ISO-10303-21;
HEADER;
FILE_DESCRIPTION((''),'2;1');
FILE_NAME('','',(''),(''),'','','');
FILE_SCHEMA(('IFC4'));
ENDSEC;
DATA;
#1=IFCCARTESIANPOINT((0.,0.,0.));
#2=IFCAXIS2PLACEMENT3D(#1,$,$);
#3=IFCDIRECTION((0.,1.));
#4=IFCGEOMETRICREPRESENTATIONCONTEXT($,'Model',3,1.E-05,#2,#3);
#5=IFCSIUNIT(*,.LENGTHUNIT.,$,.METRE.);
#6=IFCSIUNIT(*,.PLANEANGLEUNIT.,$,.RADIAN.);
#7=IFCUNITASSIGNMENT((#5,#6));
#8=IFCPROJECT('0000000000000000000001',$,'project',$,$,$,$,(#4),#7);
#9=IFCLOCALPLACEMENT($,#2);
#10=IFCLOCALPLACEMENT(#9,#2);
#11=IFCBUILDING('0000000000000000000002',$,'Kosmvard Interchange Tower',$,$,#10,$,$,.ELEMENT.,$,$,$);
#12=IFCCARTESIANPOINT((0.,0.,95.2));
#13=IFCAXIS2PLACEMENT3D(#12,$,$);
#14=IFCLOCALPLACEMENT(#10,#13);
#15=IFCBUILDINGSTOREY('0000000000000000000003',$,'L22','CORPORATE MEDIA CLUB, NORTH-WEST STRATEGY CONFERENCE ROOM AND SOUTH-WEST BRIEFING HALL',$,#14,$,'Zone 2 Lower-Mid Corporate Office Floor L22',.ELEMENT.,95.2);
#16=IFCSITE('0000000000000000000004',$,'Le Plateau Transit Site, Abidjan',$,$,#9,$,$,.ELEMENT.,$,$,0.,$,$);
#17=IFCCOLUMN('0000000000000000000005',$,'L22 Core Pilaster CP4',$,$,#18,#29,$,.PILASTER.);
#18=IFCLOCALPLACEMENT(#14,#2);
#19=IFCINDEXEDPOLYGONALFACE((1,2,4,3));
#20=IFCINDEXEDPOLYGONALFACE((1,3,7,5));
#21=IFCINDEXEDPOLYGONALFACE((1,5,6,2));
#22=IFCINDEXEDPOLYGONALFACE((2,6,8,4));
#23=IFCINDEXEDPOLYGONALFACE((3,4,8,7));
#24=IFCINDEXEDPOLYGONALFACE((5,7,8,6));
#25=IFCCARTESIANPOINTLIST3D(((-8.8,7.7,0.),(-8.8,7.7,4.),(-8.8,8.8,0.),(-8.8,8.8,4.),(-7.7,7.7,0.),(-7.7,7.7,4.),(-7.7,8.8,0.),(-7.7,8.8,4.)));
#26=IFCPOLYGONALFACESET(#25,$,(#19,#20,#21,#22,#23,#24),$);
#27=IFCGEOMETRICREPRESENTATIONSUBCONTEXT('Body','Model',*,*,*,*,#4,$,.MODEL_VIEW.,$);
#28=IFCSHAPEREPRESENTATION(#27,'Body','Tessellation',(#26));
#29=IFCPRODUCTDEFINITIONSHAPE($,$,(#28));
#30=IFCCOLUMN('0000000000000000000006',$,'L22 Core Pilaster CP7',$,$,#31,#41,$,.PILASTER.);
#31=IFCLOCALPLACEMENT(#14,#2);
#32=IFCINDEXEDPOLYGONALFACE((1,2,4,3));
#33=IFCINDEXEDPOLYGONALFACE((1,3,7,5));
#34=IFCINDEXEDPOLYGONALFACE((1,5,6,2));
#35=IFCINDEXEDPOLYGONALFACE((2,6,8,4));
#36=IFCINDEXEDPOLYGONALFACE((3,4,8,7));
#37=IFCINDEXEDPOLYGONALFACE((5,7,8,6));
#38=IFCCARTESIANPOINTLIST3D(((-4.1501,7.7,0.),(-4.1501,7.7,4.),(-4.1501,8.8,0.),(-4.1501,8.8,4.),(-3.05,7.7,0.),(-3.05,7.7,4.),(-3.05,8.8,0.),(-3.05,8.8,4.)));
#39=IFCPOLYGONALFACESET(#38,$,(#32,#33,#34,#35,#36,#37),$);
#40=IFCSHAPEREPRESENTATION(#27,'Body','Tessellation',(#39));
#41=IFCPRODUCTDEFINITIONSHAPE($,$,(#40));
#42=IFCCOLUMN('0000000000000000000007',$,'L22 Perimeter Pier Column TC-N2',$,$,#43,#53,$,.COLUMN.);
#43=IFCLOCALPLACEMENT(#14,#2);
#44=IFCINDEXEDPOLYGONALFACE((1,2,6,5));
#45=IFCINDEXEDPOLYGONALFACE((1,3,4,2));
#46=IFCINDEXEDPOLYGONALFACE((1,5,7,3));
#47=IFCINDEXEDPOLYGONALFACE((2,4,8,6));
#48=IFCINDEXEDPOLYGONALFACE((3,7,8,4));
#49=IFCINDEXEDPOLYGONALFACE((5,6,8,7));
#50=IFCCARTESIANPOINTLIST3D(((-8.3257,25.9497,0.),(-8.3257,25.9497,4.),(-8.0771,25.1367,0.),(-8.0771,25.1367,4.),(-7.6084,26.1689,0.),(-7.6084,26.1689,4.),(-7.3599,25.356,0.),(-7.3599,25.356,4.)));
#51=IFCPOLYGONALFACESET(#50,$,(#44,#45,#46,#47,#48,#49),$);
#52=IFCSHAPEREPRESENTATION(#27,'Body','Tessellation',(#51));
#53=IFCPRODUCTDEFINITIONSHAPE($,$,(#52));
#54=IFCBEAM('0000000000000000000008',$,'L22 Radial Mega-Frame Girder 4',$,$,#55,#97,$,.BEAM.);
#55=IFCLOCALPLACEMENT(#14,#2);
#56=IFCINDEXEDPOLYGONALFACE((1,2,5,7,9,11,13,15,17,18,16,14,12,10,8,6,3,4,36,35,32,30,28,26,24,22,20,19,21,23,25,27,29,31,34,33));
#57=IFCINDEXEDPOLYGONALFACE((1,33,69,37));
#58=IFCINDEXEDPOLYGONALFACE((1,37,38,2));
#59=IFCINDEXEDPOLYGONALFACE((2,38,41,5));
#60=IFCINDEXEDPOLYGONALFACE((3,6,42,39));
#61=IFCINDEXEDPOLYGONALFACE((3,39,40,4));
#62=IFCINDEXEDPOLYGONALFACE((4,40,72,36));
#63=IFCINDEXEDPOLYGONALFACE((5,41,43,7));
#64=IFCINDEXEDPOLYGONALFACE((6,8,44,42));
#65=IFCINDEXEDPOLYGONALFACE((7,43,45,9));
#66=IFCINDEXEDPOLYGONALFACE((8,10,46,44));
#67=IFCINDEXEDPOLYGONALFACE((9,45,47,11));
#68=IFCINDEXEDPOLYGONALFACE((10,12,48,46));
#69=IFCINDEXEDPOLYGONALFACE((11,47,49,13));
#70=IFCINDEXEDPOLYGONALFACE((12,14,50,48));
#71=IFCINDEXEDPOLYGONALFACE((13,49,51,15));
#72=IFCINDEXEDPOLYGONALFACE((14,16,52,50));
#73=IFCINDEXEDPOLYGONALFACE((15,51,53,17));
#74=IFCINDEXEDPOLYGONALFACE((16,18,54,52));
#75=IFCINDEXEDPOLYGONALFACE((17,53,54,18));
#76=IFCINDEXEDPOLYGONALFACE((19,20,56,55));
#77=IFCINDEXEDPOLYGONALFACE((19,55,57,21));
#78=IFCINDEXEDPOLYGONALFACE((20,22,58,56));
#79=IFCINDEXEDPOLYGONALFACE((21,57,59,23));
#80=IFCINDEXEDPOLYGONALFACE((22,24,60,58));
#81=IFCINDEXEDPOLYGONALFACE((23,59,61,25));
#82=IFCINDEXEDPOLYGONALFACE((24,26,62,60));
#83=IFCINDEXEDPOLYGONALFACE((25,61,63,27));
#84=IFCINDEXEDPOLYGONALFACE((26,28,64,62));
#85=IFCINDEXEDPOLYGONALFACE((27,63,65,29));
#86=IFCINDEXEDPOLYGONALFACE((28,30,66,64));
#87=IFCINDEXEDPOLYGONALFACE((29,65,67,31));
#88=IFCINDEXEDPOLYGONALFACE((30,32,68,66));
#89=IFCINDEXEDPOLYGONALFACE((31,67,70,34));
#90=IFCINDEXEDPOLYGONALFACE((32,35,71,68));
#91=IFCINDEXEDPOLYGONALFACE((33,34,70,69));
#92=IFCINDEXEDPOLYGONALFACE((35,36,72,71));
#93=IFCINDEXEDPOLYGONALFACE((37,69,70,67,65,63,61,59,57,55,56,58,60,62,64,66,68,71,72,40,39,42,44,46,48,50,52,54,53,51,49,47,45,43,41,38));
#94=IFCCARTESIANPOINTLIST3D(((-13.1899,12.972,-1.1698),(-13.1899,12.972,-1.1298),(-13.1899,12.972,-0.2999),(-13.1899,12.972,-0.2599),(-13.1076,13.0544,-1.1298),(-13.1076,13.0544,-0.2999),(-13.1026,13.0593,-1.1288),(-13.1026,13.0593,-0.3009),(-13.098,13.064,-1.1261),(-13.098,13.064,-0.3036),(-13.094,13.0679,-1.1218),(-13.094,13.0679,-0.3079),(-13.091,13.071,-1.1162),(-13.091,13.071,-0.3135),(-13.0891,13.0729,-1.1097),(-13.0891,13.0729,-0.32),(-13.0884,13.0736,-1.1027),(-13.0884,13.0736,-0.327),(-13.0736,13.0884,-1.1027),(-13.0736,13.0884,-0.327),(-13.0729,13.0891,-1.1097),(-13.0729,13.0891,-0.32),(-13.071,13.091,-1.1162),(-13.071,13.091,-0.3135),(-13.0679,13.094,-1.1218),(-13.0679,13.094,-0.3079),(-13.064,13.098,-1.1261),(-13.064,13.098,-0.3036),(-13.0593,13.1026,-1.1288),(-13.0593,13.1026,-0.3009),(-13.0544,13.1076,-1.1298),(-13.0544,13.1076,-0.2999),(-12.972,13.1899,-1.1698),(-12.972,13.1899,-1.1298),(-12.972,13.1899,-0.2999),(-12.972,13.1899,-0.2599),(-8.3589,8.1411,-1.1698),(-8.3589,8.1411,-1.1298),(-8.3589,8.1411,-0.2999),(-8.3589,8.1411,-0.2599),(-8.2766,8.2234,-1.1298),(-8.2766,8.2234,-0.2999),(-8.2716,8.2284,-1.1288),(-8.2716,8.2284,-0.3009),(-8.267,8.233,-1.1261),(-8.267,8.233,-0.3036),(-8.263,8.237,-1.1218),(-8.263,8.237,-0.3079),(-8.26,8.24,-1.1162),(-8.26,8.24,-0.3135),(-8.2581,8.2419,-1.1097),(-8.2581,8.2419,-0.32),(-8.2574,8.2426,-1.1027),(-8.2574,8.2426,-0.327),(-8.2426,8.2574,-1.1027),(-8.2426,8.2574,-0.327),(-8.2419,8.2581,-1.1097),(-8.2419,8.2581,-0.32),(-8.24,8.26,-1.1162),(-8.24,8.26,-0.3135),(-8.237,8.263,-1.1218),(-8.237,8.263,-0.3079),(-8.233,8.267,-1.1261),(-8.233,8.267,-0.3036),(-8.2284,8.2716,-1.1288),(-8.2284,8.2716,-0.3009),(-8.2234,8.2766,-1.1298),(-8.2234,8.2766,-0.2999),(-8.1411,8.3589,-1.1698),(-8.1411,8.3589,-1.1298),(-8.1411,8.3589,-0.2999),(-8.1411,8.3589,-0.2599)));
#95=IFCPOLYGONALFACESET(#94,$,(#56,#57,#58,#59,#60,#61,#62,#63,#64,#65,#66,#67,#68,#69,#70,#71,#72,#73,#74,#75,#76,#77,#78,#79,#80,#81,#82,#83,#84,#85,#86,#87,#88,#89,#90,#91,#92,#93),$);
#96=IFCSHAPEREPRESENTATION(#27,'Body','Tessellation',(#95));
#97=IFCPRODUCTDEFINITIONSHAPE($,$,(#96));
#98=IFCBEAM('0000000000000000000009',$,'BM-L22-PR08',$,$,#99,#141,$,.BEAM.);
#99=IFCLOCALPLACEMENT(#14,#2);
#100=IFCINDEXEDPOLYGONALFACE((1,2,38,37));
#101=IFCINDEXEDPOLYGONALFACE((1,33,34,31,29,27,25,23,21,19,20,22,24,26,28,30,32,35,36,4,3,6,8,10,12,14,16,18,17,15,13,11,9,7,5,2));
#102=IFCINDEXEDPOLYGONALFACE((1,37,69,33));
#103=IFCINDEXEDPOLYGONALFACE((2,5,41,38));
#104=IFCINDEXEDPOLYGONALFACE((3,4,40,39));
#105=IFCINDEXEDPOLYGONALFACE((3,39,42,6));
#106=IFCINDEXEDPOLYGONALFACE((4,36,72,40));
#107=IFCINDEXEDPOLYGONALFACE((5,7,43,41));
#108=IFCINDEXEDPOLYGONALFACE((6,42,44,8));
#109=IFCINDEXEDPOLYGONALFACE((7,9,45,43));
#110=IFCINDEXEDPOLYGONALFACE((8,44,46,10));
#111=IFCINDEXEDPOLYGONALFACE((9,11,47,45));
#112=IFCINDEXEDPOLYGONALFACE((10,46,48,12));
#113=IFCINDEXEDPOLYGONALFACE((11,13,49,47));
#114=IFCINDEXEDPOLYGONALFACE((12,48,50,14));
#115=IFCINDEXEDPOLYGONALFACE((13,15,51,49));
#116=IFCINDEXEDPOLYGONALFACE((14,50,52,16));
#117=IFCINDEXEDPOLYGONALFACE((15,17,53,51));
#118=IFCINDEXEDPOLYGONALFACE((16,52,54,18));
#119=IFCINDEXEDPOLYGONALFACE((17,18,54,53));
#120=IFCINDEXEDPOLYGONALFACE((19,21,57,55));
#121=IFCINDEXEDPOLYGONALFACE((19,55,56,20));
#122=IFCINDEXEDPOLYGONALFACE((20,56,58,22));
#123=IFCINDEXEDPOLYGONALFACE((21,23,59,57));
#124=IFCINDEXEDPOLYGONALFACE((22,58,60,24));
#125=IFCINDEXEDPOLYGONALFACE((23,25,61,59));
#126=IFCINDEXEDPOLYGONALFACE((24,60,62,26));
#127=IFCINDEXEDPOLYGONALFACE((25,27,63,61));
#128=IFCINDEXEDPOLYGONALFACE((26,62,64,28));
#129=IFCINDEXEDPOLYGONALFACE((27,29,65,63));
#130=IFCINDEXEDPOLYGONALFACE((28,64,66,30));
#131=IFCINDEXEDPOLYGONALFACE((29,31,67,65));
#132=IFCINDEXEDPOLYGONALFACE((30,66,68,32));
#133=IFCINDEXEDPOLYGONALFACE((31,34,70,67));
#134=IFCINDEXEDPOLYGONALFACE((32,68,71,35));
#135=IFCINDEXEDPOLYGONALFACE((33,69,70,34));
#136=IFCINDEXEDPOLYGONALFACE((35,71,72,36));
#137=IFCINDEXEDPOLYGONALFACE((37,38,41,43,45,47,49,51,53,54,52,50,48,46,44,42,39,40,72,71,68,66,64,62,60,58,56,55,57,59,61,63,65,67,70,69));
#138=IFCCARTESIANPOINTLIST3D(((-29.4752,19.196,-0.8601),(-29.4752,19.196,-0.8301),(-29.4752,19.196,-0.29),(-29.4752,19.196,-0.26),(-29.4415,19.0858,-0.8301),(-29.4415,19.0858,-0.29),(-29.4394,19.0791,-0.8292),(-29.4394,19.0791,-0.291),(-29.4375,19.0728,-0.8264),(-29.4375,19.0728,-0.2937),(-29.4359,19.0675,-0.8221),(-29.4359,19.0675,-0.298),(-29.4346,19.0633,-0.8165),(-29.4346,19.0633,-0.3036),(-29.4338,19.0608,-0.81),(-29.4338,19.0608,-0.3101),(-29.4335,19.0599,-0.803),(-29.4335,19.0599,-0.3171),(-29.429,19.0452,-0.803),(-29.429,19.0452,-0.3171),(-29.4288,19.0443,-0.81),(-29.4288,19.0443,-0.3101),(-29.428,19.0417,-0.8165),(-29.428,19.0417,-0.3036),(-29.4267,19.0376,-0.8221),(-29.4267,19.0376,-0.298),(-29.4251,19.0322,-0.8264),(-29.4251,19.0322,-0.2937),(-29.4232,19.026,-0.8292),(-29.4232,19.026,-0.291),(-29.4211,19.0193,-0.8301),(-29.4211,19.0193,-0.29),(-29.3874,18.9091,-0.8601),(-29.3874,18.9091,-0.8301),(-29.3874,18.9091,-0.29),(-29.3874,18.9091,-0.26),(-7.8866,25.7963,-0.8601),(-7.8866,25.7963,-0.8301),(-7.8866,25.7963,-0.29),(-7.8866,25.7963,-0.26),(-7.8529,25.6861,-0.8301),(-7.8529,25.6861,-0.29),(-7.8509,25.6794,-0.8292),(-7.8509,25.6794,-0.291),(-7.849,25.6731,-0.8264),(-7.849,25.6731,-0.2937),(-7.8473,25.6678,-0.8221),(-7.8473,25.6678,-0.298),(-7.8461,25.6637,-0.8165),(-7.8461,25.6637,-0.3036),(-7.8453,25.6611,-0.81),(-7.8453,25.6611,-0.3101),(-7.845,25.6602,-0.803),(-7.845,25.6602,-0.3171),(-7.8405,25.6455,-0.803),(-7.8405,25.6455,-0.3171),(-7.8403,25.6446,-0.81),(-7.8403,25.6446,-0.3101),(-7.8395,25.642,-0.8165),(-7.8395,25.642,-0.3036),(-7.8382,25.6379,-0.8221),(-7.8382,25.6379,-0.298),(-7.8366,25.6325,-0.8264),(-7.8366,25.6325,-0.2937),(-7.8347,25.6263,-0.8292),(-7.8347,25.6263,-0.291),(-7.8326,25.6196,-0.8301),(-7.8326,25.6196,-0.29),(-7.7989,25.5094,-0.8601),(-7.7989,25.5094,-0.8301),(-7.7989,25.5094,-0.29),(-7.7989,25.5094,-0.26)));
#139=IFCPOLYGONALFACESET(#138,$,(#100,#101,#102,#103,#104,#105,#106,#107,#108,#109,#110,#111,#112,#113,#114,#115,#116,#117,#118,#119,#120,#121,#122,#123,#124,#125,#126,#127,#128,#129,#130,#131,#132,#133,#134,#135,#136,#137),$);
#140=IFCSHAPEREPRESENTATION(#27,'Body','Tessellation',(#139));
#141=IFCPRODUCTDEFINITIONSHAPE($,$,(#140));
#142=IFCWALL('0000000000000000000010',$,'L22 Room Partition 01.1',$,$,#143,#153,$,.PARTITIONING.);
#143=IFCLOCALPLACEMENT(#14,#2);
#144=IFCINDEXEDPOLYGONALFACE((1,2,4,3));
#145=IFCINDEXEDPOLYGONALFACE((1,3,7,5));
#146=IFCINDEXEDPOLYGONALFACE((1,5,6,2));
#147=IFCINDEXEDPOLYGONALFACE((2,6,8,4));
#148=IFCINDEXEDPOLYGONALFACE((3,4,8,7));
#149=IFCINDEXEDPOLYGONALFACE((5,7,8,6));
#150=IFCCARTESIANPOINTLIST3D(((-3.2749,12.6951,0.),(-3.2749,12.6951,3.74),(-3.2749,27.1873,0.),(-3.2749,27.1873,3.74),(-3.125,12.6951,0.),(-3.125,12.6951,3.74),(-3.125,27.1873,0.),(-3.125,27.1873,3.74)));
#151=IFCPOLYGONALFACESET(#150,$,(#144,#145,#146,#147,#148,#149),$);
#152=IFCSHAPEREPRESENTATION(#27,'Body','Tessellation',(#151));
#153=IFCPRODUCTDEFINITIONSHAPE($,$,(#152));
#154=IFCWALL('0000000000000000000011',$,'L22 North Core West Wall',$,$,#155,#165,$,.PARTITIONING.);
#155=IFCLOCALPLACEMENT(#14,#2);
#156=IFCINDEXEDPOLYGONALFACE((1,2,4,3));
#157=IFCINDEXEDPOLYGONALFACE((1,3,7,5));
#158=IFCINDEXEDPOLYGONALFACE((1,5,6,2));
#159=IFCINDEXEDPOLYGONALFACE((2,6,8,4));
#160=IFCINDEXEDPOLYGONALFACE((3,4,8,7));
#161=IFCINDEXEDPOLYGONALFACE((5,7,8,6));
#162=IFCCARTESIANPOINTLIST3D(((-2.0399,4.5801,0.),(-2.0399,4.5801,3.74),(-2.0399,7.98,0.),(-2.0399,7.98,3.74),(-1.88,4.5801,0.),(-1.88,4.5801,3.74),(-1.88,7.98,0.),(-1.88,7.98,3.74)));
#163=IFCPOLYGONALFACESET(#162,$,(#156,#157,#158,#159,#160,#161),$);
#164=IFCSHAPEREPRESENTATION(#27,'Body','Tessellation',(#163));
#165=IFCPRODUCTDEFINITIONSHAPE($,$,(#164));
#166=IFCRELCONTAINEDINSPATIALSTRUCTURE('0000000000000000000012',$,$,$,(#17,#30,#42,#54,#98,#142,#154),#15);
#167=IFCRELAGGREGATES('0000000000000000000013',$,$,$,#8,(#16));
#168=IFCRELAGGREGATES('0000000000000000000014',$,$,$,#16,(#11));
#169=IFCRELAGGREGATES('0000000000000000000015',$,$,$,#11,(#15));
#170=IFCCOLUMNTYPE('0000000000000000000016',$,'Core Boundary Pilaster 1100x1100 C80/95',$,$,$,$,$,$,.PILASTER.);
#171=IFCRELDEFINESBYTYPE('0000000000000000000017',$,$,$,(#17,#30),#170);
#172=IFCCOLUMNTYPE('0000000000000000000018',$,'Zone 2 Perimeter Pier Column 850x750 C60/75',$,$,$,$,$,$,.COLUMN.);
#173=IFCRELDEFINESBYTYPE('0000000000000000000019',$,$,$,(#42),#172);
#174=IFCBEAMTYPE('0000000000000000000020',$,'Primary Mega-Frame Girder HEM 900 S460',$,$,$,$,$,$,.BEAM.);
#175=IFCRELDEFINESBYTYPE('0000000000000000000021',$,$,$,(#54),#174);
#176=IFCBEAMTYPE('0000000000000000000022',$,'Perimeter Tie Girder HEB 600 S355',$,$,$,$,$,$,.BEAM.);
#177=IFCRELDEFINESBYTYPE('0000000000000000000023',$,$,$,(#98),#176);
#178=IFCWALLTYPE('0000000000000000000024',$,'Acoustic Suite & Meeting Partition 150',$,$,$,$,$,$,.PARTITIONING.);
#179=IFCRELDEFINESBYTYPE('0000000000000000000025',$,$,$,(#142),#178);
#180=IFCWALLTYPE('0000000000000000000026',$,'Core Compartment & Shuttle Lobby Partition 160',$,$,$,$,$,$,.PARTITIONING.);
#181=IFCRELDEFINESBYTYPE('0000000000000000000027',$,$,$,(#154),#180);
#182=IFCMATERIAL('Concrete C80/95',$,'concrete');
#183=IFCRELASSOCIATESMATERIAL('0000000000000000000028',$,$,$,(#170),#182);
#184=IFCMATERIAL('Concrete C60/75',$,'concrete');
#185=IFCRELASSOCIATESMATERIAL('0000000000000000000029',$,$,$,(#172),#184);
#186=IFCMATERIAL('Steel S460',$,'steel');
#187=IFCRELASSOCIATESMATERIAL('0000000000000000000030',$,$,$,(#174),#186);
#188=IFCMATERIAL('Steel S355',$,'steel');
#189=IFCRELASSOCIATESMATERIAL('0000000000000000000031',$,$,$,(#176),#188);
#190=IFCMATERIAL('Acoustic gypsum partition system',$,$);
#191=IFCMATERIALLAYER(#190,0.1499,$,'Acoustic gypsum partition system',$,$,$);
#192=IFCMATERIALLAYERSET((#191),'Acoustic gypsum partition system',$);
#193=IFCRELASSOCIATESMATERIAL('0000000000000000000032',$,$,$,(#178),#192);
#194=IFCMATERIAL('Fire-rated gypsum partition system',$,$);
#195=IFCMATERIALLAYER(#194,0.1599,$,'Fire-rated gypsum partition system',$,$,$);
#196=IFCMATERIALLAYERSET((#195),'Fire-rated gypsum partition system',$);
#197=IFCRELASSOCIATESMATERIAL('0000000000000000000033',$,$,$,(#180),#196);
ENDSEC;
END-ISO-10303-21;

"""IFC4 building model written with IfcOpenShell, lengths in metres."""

from ifc_helpers import new_model, si_unit, direction, frame, frame_2d, origin, origin_2d, place, context, subcontext, project, spatial, rectangle, i_section, extrude, source, transform, mapped, material, layer, layer_set, material_profile, profile_set, type_object, element, save


model = new_model("IFC4")

# Units and contexts
model_context = context("Model", 3, precision=1e-05, world=origin(), true_north=direction((0.0, 1.0)))
body_context = subcontext(model_context, "Body", "Model", "MODEL_VIEW")
ifc_project = project(units=[si_unit("LENGTHUNIT", "METRE"), si_unit("PLANEANGLEUNIT", "RADIAN")], contexts=[model_context])

# Site, building, storey
site_placement = place(None, origin())
site = spatial("IfcSite", under=ifc_project, at=site_placement, Name="Le Plateau Transit Site, Abidjan", CompositionType="ELEMENT", RefElevation=0.0)
building_placement = place(site_placement, origin())
building = spatial("IfcBuilding", under=site, at=building_placement, Name="Kosmvard Interchange Tower", CompositionType="ELEMENT")
storey_placement = place(building_placement, frame((0.0, 0.0, 95.2)))
storey = spatial("IfcBuildingStorey", under=building, at=storey_placement, Name="L22", Description="CORPORATE MEDIA CLUB, NORTH-WEST STRATEGY CONFERENCE ROOM AND SOUTH-WEST BRIEFING HALL", LongName="Zone 2 Lower-Mid Corporate Office Floor L22", CompositionType="ELEMENT", Elevation=95.2)

# Columns
ifc_material_1 = material(Name="Concrete C80/95", Category="concrete")
ifc_material_profile_1 = material_profile(ifc_material_1, rectangle(XDim=1.1001, YDim=1.1001, at=origin_2d()), Name="CP 1100x1100")
ifc_profile_set_1 = profile_set([ifc_material_profile_1], Name="Concrete C80/95")
column_type_1 = type_object("IfcColumnType", Name="Core Boundary Pilaster 1100x1100 C80/95", PredefinedType="PILASTER", material=ifc_profile_set_1)
shared_shape_1 = source(origin(), body_context, "Body", "SweptSolid", [
    extrude(rectangle(XDim=1.1001, YDim=1.1001, at=origin_2d()), origin(), (0.0, 0.0, 1.0), 4.0),
])
for number, where, z_axis, x_axis, name in (
    (1, (-8.25, 8.25, 0.0), (0.0, 0.0, 1.0), (1.0, 0.0, 0.0), "L22 Core Pilaster CP4"),
    (2, (-3.6001, 8.25, 0.0), (0.0, 0.0, 1.0), (1.0, 0.0, 0.0), "L22 Core Pilaster CP7"),
):
    element("IfcColumn", number, at=place(storey_placement, frame(where, z_axis=z_axis, x_axis=x_axis)), inside=storey, type_object=column_type_1, Name=name, PredefinedType="PILASTER", context=body_context, shape_type="MappedRepresentation", body=[
        mapped(shared_shape_1, transform((0.0, 0.0, 0.0), scale=1.0)),
    ])
ifc_material_2 = material(Name="Concrete C60/75", Category="concrete")
ifc_material_profile_2 = material_profile(ifc_material_2, rectangle(XDim=0.75, YDim=0.8501, at=origin_2d()), Name="TC 850x750")
ifc_profile_set_2 = profile_set([ifc_material_profile_2], Name="Concrete C60/75")
column_type_2 = type_object("IfcColumnType", Name="Zone 2 Perimeter Pier Column 850x750 C60/75", PredefinedType="COLUMN", material=ifc_profile_set_2)
shared_shape_2 = source(origin(), body_context, "Body", "SweptSolid", [
    extrude(rectangle(XDim=0.75, YDim=0.8501, at=origin_2d()), origin(), (0.0, 0.0, 1.0), 4.0),
])
column_placement = place(storey_placement, frame((-7.8428, 25.6528, 0.0), z_axis=(0.0, 0.0, 1.0), x_axis=(0.956305, 0.292372, 0.0)))
element("IfcColumn", 3, at=column_placement, inside=storey, type_object=column_type_2, Name="L22 Perimeter Pier Column TC-N2", PredefinedType="COLUMN", context=body_context, shape_type="MappedRepresentation", body=[
    mapped(shared_shape_2, transform((0.0, 0.0, 0.0), scale=1.0)),
])

# Beams
ifc_material_3 = material(Name="Steel S460", Category="steel")
ifc_material_profile_3 = material_profile(ifc_material_3, i_section(OverallWidth=0.3081, OverallDepth=0.9099, WebThickness=0.021, FlangeThickness=0.04, FilletRadius=0.0271, at=origin_2d()), Name="HEM 900")
ifc_profile_set_3 = profile_set([ifc_material_profile_3], Name="Steel S460")
beam_type_1 = type_object("IfcBeamType", Name="Primary Mega-Frame Girder HEM 900 S460", PredefinedType="BEAM", material=ifc_profile_set_3)
shared_shape_3 = source(origin(), body_context, "Body", "SweptSolid", [
    extrude(i_section(OverallWidth=0.3081, OverallDepth=0.9099, WebThickness=0.021, FlangeThickness=0.04, FilletRadius=0.0271, at=origin_2d()), origin(), (0.0, 0.0, 1.0), 6.832),
])
beam_1_placement = place(storey_placement, frame((-8.25, 8.25, -0.7148), z_axis=(-0.707107, 0.707107, 0.0), x_axis=(-0.707107, -0.707107, 0.0)))
element("IfcBeam", 4, at=beam_1_placement, inside=storey, type_object=beam_type_1, Name="L22 Radial Mega-Frame Girder 4", PredefinedType="BEAM", context=body_context, shape_type="MappedRepresentation", body=[
    mapped(shared_shape_3, transform((0.0, 0.0, 0.0), scale=1.0)),
])
ifc_material_4 = material(Name="Steel S355", Category="steel")
ifc_material_profile_4 = material_profile(ifc_material_4, i_section(OverallWidth=0.3, OverallDepth=0.6001, WebThickness=0.0154, FlangeThickness=0.03, FilletRadius=0.0271, at=origin_2d()), Name="HEB 600")
ifc_profile_set_4 = profile_set([ifc_material_profile_4], Name="Steel S355")
beam_type_2 = type_object("IfcBeamType", Name="Perimeter Tie Girder HEB 600 S355", PredefinedType="BEAM", material=ifc_profile_set_4)
shared_shape_4 = source(origin(), body_context, "Body", "SweptSolid", [
    extrude(i_section(OverallWidth=0.3, OverallDepth=0.6001, WebThickness=0.0154, FlangeThickness=0.03, FilletRadius=0.0271, at=origin_2d()), origin(), (0.0, 0.0, 1.0), 22.575),
])
beam_2_placement = place(storey_placement, frame((-7.8428, 25.6528, -0.5601), z_axis=(-0.956304, -0.292373, 0.0), x_axis=(0.292373, -0.956304, 0.0)))
element("IfcBeam", 5, at=beam_2_placement, inside=storey, type_object=beam_type_2, Name="BM-L22-PR08", PredefinedType="BEAM", context=body_context, shape_type="MappedRepresentation", body=[
    mapped(shared_shape_4, transform((0.0, 0.0, 0.0), scale=1.0)),
])

# Walls
ifc_material_5 = material(Name="Acoustic gypsum partition system")
ifc_layer_1 = layer(ifc_material_5, 0.1499, Name="Acoustic gypsum partition system")
ifc_layer_set_1 = layer_set([ifc_layer_1], Name="Acoustic gypsum partition system")
wall_type_1 = type_object("IfcWallType", Name="Acoustic Suite & Meeting Partition 150", PredefinedType="PARTITIONING", material=ifc_layer_set_1)
wall_1_placement = place(storey_placement, frame((-3.2, 12.6951, 0.0), z_axis=(0.0, 0.0, 1.0), x_axis=(0.0, 1.0, 0.0)))
element("IfcWall", 6, at=wall_1_placement, inside=storey, type_object=wall_type_1, Name="L22 Room Partition 01.1", PredefinedType="PARTITIONING", context=body_context, shape_type="SweptSolid", body=[
    extrude(rectangle(XDim=14.4922, YDim=0.1499, at=frame_2d((7.2461, 0.0))), origin(), (0.0, 0.0, 1.0), 3.74),
])
ifc_material_6 = material(Name="Fire-rated gypsum partition system")
ifc_layer_2 = layer(ifc_material_6, 0.1599, Name="Fire-rated gypsum partition system")
ifc_layer_set_2 = layer_set([ifc_layer_2], Name="Fire-rated gypsum partition system")
wall_type_2 = type_object("IfcWallType", Name="Core Compartment & Shuttle Lobby Partition 160", PredefinedType="PARTITIONING", material=ifc_layer_set_2)
wall_2_placement = place(storey_placement, frame((-1.96, 4.5801, 0.0), z_axis=(0.0, 0.0, 1.0), x_axis=(0.0, 1.0, 0.0)))
element("IfcWall", 7, at=wall_2_placement, inside=storey, type_object=wall_type_2, Name="L22 North Core West Wall", PredefinedType="PARTITIONING", context=body_context, shape_type="SweptSolid", body=[
    extrude(rectangle(XDim=3.3999, YDim=0.1599, at=frame_2d((1.7, 0.0))), origin(), (0.0, 0.0, 1.0), 3.74),
])

save(model, "model.ifc")
